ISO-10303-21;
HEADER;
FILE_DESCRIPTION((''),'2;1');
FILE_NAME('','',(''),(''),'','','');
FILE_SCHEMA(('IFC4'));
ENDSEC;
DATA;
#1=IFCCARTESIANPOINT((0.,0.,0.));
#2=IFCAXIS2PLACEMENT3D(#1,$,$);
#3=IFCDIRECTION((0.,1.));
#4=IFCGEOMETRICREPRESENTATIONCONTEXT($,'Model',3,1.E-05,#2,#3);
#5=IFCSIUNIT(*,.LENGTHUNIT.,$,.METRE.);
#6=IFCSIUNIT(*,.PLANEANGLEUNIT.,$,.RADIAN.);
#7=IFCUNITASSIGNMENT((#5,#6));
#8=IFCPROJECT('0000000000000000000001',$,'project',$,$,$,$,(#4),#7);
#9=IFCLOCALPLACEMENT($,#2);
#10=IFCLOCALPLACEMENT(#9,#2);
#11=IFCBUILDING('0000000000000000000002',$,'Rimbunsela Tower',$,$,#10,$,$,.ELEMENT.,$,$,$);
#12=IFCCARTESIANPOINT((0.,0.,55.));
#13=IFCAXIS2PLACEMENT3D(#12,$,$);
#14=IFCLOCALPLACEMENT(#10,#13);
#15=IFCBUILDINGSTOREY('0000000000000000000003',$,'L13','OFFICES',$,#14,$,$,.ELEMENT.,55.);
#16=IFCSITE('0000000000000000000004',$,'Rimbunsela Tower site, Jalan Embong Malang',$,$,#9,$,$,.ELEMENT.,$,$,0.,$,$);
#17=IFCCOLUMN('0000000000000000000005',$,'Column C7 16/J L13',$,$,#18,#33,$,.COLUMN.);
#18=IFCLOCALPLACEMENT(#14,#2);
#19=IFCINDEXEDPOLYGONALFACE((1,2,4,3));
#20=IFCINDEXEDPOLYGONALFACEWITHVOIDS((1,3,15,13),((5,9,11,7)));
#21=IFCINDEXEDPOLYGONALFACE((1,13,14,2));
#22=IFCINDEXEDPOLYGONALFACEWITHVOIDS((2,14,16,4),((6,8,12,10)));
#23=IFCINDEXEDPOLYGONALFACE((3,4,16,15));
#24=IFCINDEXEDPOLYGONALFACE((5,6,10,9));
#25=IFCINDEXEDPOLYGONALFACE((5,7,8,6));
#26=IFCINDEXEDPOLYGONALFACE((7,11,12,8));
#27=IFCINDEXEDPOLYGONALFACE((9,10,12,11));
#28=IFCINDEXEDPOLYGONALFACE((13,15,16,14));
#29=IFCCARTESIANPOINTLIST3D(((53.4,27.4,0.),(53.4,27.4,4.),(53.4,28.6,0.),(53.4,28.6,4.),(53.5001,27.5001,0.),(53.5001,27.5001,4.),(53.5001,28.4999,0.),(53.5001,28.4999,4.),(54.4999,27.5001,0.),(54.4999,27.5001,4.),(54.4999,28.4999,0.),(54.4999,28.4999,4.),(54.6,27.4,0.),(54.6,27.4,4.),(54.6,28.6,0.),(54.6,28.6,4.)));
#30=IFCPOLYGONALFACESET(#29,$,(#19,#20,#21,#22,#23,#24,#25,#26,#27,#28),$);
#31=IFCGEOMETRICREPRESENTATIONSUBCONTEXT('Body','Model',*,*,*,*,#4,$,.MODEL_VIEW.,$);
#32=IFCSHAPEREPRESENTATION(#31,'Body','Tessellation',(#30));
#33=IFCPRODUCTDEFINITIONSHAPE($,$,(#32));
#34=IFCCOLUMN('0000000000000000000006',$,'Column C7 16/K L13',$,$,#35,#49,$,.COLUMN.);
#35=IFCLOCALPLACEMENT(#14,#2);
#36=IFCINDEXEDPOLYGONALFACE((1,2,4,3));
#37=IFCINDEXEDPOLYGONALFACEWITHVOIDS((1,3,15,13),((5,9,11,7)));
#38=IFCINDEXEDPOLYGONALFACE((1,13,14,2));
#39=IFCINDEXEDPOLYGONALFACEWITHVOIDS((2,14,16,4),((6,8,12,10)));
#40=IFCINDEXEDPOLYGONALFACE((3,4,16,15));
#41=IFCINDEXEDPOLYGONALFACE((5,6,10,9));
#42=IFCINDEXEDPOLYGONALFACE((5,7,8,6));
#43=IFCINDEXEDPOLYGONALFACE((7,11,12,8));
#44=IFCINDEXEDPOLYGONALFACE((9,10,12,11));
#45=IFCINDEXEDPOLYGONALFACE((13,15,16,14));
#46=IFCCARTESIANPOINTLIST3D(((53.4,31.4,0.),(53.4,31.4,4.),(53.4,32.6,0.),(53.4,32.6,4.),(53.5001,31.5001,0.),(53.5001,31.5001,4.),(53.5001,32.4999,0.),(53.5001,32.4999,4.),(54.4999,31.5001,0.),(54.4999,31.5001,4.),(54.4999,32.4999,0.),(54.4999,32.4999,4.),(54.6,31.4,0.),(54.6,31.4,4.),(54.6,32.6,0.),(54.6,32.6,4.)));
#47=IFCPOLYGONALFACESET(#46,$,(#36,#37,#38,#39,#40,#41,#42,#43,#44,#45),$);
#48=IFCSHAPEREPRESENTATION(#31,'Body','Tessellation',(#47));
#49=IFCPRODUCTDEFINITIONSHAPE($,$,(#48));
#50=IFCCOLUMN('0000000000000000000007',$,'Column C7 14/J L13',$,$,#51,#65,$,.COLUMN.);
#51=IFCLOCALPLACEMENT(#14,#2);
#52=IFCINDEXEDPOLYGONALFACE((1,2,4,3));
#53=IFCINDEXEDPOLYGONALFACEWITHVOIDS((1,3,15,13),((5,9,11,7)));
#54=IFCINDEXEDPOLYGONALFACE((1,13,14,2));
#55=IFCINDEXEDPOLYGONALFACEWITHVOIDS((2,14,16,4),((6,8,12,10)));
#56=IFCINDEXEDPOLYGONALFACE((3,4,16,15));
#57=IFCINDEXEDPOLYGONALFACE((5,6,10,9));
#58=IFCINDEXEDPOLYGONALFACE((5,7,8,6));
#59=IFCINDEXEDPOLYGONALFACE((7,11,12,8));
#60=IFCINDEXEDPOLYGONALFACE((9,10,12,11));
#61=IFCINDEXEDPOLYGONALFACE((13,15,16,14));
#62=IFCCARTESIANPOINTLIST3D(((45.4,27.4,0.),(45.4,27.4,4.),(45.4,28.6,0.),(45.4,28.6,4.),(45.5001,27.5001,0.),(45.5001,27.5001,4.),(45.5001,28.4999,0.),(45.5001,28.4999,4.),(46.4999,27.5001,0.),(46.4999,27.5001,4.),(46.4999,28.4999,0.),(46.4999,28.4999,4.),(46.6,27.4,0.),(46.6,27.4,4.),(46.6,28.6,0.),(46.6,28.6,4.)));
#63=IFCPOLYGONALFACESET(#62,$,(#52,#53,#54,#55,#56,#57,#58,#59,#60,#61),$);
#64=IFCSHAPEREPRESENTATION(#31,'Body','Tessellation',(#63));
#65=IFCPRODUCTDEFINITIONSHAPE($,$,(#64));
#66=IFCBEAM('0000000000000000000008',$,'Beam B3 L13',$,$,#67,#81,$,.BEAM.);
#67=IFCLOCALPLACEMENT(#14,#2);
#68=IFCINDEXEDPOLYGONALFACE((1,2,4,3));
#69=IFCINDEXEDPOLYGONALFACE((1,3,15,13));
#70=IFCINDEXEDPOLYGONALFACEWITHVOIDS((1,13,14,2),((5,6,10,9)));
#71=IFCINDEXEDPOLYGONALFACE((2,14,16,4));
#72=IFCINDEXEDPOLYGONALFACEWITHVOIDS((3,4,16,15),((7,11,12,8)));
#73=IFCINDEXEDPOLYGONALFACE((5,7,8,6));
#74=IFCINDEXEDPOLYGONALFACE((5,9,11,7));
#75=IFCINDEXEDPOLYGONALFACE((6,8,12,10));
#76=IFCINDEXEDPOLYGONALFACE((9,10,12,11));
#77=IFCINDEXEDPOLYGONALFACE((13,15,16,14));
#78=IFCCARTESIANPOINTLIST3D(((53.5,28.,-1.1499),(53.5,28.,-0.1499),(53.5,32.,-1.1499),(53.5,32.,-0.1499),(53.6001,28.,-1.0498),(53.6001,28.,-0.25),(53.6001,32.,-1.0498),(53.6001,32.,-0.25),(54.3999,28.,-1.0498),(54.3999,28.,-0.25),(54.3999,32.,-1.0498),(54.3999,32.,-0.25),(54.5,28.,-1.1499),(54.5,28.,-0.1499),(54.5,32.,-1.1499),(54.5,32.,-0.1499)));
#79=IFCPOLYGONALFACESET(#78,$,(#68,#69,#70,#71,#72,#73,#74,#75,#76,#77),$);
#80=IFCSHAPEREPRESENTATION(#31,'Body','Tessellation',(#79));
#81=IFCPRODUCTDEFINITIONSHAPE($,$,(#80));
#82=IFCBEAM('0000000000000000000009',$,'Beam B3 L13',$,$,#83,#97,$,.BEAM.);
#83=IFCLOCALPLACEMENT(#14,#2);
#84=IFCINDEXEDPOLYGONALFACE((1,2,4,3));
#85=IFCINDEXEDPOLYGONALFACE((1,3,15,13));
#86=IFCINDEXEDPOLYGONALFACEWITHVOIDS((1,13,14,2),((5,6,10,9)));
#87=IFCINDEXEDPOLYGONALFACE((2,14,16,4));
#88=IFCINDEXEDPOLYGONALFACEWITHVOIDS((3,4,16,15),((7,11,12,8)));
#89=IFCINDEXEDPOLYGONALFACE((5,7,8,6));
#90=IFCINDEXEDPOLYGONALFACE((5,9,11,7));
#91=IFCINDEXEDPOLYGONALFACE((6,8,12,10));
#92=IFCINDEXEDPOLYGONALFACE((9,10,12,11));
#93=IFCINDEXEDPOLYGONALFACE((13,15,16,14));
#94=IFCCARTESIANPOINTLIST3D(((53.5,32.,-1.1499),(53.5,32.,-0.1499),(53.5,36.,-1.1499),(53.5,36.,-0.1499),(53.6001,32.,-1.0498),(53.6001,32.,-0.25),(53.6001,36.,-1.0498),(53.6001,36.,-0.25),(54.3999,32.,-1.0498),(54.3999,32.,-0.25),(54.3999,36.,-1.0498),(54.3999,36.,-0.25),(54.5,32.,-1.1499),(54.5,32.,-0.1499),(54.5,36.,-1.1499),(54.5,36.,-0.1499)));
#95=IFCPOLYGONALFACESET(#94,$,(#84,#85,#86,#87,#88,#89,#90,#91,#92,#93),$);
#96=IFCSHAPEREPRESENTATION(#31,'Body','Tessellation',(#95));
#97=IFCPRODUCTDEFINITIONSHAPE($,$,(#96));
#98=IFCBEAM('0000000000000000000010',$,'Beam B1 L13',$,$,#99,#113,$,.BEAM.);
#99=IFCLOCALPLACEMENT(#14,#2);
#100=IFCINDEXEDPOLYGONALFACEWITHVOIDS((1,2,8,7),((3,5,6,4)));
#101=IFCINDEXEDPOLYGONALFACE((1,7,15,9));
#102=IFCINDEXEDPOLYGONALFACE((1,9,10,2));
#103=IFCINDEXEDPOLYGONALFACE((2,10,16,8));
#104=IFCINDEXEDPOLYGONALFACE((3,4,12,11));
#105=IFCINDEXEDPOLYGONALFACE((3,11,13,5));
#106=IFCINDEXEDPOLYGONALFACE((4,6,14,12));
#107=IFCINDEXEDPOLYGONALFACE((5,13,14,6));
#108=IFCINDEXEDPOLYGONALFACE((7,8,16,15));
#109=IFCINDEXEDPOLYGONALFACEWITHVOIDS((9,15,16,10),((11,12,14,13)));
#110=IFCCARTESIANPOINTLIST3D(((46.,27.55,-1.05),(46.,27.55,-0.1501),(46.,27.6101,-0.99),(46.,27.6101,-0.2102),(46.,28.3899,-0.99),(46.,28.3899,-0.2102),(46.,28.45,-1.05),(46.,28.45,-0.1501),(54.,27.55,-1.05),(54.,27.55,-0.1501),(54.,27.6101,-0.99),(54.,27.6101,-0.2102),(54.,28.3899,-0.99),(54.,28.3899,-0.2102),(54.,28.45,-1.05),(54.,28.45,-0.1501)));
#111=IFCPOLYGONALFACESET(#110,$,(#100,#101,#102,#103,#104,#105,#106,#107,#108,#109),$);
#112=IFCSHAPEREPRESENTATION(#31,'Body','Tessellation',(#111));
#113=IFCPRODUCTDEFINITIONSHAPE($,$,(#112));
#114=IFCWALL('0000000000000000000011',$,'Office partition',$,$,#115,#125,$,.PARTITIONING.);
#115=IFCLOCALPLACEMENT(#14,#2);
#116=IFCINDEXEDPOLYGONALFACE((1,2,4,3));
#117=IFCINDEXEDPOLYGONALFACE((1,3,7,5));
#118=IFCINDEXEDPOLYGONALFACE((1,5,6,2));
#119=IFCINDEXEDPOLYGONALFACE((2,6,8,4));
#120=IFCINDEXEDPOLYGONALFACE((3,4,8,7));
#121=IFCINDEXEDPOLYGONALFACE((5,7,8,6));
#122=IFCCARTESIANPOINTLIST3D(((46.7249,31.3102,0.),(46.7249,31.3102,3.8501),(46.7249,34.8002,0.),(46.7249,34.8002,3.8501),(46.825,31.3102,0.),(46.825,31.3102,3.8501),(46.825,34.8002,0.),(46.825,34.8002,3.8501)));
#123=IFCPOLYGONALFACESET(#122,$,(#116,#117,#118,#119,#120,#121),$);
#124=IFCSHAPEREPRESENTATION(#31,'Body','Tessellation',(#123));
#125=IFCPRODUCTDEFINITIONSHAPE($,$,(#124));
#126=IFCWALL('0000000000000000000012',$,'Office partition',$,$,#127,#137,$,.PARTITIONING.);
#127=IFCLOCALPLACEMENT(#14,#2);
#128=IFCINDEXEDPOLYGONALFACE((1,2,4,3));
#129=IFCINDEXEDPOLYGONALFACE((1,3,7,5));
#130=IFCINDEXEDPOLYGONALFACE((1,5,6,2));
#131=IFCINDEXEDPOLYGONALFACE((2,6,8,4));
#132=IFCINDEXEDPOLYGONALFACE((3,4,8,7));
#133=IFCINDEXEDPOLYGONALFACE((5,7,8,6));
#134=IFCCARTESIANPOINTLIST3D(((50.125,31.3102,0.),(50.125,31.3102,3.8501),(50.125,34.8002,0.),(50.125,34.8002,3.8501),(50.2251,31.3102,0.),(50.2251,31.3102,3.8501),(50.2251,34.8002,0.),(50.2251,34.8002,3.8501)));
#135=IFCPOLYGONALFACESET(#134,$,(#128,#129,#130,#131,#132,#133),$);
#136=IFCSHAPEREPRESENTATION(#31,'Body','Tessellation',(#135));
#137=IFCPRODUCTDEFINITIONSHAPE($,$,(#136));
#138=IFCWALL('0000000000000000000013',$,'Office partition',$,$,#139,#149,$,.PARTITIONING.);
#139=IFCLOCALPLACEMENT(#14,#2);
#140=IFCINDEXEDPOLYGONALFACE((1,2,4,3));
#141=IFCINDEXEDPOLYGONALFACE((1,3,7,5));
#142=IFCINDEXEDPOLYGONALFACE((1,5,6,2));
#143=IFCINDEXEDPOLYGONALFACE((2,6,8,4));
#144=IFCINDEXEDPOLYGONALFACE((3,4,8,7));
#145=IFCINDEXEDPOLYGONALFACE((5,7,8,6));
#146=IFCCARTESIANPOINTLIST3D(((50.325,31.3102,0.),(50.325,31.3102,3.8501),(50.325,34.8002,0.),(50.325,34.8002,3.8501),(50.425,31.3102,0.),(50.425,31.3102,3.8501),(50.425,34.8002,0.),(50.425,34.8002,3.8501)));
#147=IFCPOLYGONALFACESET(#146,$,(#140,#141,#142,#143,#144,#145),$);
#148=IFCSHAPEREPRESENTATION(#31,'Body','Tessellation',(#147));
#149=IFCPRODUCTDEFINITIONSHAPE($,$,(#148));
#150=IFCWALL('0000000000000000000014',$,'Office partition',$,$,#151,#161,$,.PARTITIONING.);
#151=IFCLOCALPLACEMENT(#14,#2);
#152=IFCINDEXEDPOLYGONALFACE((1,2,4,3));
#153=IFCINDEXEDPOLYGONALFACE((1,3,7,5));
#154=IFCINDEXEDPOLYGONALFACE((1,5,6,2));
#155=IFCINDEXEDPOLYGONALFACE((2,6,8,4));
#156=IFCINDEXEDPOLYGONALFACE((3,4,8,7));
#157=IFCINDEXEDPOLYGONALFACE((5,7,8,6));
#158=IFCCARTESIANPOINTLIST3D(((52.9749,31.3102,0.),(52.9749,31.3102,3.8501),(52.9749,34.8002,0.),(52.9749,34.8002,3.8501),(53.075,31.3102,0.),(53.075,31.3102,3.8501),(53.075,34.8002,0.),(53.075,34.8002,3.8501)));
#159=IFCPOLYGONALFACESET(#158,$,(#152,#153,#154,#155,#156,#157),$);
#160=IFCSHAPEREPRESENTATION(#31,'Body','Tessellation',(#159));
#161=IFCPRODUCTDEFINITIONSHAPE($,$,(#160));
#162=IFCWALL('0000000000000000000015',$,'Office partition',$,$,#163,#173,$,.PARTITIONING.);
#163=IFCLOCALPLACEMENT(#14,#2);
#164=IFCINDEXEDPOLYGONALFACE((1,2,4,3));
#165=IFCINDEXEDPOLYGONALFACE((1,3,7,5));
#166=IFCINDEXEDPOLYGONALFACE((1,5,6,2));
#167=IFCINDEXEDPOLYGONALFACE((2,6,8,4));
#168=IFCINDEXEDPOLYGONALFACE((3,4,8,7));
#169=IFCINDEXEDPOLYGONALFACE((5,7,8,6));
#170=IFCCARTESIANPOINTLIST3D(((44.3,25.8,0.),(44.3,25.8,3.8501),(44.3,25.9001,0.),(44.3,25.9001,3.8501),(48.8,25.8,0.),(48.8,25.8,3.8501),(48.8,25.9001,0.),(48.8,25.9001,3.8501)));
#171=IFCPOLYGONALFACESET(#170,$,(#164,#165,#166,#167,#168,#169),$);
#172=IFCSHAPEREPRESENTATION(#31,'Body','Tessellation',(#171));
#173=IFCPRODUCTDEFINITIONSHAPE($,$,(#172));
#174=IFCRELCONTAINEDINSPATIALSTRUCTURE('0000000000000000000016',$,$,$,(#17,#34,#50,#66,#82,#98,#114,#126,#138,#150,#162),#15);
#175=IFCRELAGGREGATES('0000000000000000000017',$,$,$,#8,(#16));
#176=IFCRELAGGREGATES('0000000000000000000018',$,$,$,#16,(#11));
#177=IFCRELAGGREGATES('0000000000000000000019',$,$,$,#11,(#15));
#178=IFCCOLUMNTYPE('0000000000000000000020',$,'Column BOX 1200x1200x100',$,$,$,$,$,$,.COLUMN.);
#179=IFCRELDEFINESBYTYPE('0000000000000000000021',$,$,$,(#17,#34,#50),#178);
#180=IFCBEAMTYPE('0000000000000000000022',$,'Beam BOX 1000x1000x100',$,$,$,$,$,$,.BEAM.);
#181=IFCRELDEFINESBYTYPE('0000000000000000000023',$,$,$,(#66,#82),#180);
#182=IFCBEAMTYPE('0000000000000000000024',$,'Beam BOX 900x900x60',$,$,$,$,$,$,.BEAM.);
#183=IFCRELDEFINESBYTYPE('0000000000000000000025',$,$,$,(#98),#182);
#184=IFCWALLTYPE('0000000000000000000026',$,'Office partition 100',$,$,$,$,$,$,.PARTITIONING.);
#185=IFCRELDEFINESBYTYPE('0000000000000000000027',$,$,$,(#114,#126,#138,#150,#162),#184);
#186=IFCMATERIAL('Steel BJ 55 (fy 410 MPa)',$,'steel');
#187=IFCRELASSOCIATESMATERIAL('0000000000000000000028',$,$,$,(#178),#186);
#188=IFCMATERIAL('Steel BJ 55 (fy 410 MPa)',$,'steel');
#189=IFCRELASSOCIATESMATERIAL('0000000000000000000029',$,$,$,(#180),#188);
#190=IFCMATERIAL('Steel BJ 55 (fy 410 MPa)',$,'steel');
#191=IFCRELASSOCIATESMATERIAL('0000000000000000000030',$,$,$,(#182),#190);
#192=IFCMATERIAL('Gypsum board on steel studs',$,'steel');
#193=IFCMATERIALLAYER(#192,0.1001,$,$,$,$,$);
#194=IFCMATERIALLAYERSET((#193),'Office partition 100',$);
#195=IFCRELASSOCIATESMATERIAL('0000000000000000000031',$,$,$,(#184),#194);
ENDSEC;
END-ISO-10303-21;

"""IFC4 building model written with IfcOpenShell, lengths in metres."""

from ifc_helpers import new_model, si_unit, direction, frame, frame_2d, origin, origin_2d, place, context, subcontext, project, spatial, rectangle, hollow_rectangle, extrude, material, layer, layer_set, material_profile, profile_set, type_object, element, save


model = new_model("IFC4")

# Units and contexts
model_context = context("Model", 3, precision=1e-05, world=origin(), true_north=direction((0.0, 1.0)))
body_context = subcontext(model_context, "Body", "Model", "MODEL_VIEW")
ifc_project = project(units=[si_unit("LENGTHUNIT", "METRE"), si_unit("PLANEANGLEUNIT", "RADIAN")], contexts=[model_context])

# Site, building, storey
site_placement = place(None, origin())
site = spatial("IfcSite", under=ifc_project, at=site_placement, Name="Rimbunsela Tower site, Jalan Embong Malang", CompositionType="ELEMENT", RefElevation=0.0)
building_placement = place(site_placement, origin())
building = spatial("IfcBuilding", under=site, at=building_placement, Name="Rimbunsela Tower", CompositionType="ELEMENT")
storey_placement = place(building_placement, frame((0.0, 0.0, 55.0)))
storey = spatial("IfcBuildingStorey", under=building, at=storey_placement, Name="L13", Description="OFFICES", CompositionType="ELEMENT", Elevation=55.0)

# Columns
ifc_material_1 = material(Name="Steel BJ 55 (fy 410 MPa)", Category="steel")
ifc_material_profile_1 = material_profile(ifc_material_1, hollow_rectangle(XDim=1.2, YDim=1.2, WallThickness=0.1001, at=origin_2d()), Name="BOX 1200x1200x100")
ifc_profile_set_1 = profile_set([ifc_material_profile_1], Name="Steel BJ 55 (fy 410 MPa)")
column_type = type_object("IfcColumnType", Name="Column BOX 1200x1200x100", PredefinedType="COLUMN", material=ifc_profile_set_1)
for number, where, z_axis, x_axis, name in (
    (1, (54.0, 28.0, 0.0), (0.0, 0.0, 1.0), (1.0, 0.0, 0.0), "Column C7 16/J L13"),
    (2, (54.0, 32.0, 0.0), (0.0, 0.0, 1.0), (1.0, 0.0, 0.0), "Column C7 16/K L13"),
    (3, (46.0, 28.0, 0.0), (0.0, 0.0, 1.0), (1.0, 0.0, 0.0), "Column C7 14/J L13"),
):
    element("IfcColumn", number, at=place(storey_placement, frame(where, z_axis=z_axis, x_axis=x_axis)), inside=storey, type_object=column_type, Name=name, PredefinedType="COLUMN", context=body_context, shape_type="SweptSolid", body=[
        extrude(hollow_rectangle(XDim=1.2, YDim=1.2, WallThickness=0.1001, at=origin_2d()), origin(), (0.0, 0.0, 1.0), 4.0),
    ])

# Beams
ifc_material_2 = material(Name="Steel BJ 55 (fy 410 MPa)", Category="steel")
ifc_material_profile_2 = material_profile(ifc_material_2, hollow_rectangle(XDim=1.0, YDim=1.0, WallThickness=0.1001, at=origin_2d()), Name="BOX 1000x1000x100")
ifc_profile_set_2 = profile_set([ifc_material_profile_2], Name="Steel BJ 55 (fy 410 MPa)")
beam_type_1 = type_object("IfcBeamType", Name="Beam BOX 1000x1000x100", PredefinedType="BEAM", material=ifc_profile_set_2)
for number, where, z_axis, x_axis, name in (
    (4, (54.0, 28.0, -0.6499), (0.0, 1.0, 0.0), (-1.0, 0.0, 0.0), "Beam B3 L13"),
    (5, (54.0, 32.0, -0.6499), (0.0, 1.0, 0.0), (-1.0, 0.0, 0.0), "Beam B3 L13"),
):
    element("IfcBeam", number, at=place(storey_placement, frame(where, z_axis=z_axis, x_axis=x_axis)), inside=storey, type_object=beam_type_1, Name=name, PredefinedType="BEAM", context=body_context, shape_type="SweptSolid", body=[
        extrude(hollow_rectangle(XDim=1.0, YDim=1.0, WallThickness=0.1001, at=origin_2d()), origin(), (0.0, 0.0, 1.0), 4.0),
    ])
ifc_material_3 = material(Name="Steel BJ 55 (fy 410 MPa)", Category="steel")
ifc_material_profile_3 = material_profile(ifc_material_3, hollow_rectangle(XDim=0.8999, YDim=0.8999, WallThickness=0.0601, at=origin_2d()), Name="BOX 900x900x60")
ifc_profile_set_3 = profile_set([ifc_material_profile_3], Name="Steel BJ 55 (fy 410 MPa)")
beam_type_2 = type_object("IfcBeamType", Name="Beam BOX 900x900x60", PredefinedType="BEAM", material=ifc_profile_set_3)
beam_placement = place(storey_placement, frame((46.0, 28.0, -0.6001), z_axis=(1.0, 0.0, 0.0), x_axis=(0.0, 1.0, 0.0)))
element("IfcBeam", 6, at=beam_placement, inside=storey, type_object=beam_type_2, Name="Beam B1 L13", PredefinedType="BEAM", context=body_context, shape_type="SweptSolid", body=[
    extrude(hollow_rectangle(XDim=0.8999, YDim=0.8999, WallThickness=0.0601, at=origin_2d()), origin(), (0.0, 0.0, 1.0), 8.0),
])

# Walls
ifc_material_4 = material(Name="Gypsum board on steel studs", Category="steel")
ifc_layer_1 = layer(ifc_material_4, 0.1001)
ifc_layer_set_1 = layer_set([ifc_layer_1], Name="Office partition 100")
wall_type_1 = type_object("IfcWallType", Name="Office partition 100", PredefinedType="PARTITIONING", material=ifc_layer_set_1)
for number, where, z_axis, x_axis, name in (
    (7, (46.7749, 31.3101, 0.0), (0.0, 0.0, 1.0), (0.0, 1.0, 0.0), "Office partition"),
    (8, (50.175, 31.3101, 0.0), (0.0, 0.0, 1.0), (0.0, 1.0, 0.0), "Office partition"),
    (9, (50.375, 31.3101, 0.0), (0.0, 0.0, 1.0), (0.0, 1.0, 0.0), "Office partition"),
    (10, (53.0249, 31.3101, 0.0), (0.0, 0.0, 1.0), (0.0, 1.0, 0.0), "Office partition"),
):
    element("IfcWall", number, at=place(storey_placement, frame(where, z_axis=z_axis, x_axis=x_axis)), inside=storey, type_object=wall_type_1, Name=name, PredefinedType="PARTITIONING", context=body_context, shape_type="SweptSolid", body=[
        extrude(rectangle(XDim=3.49, YDim=0.1001, at=frame_2d((1.7451, 0.0))), origin(), (0.0, 0.0, 1.0), 3.8501),
    ])
wall_1_placement = place(storey_placement, frame((48.8, 25.8501, 0.0), z_axis=(0.0, 0.0, 1.0), x_axis=(-1.0, 0.0, 0.0)))
element("IfcWall", 11, at=wall_1_placement, inside=storey, type_object=wall_type_1, Name="Office partition", PredefinedType="PARTITIONING", context=body_context, shape_type="SweptSolid", body=[
    extrude(rectangle(XDim=4.5, YDim=0.1001, at=frame_2d((2.25, 0.0))), origin(), (0.0, 0.0, 1.0), 3.8501),
])

save(model, "model.ifc")
